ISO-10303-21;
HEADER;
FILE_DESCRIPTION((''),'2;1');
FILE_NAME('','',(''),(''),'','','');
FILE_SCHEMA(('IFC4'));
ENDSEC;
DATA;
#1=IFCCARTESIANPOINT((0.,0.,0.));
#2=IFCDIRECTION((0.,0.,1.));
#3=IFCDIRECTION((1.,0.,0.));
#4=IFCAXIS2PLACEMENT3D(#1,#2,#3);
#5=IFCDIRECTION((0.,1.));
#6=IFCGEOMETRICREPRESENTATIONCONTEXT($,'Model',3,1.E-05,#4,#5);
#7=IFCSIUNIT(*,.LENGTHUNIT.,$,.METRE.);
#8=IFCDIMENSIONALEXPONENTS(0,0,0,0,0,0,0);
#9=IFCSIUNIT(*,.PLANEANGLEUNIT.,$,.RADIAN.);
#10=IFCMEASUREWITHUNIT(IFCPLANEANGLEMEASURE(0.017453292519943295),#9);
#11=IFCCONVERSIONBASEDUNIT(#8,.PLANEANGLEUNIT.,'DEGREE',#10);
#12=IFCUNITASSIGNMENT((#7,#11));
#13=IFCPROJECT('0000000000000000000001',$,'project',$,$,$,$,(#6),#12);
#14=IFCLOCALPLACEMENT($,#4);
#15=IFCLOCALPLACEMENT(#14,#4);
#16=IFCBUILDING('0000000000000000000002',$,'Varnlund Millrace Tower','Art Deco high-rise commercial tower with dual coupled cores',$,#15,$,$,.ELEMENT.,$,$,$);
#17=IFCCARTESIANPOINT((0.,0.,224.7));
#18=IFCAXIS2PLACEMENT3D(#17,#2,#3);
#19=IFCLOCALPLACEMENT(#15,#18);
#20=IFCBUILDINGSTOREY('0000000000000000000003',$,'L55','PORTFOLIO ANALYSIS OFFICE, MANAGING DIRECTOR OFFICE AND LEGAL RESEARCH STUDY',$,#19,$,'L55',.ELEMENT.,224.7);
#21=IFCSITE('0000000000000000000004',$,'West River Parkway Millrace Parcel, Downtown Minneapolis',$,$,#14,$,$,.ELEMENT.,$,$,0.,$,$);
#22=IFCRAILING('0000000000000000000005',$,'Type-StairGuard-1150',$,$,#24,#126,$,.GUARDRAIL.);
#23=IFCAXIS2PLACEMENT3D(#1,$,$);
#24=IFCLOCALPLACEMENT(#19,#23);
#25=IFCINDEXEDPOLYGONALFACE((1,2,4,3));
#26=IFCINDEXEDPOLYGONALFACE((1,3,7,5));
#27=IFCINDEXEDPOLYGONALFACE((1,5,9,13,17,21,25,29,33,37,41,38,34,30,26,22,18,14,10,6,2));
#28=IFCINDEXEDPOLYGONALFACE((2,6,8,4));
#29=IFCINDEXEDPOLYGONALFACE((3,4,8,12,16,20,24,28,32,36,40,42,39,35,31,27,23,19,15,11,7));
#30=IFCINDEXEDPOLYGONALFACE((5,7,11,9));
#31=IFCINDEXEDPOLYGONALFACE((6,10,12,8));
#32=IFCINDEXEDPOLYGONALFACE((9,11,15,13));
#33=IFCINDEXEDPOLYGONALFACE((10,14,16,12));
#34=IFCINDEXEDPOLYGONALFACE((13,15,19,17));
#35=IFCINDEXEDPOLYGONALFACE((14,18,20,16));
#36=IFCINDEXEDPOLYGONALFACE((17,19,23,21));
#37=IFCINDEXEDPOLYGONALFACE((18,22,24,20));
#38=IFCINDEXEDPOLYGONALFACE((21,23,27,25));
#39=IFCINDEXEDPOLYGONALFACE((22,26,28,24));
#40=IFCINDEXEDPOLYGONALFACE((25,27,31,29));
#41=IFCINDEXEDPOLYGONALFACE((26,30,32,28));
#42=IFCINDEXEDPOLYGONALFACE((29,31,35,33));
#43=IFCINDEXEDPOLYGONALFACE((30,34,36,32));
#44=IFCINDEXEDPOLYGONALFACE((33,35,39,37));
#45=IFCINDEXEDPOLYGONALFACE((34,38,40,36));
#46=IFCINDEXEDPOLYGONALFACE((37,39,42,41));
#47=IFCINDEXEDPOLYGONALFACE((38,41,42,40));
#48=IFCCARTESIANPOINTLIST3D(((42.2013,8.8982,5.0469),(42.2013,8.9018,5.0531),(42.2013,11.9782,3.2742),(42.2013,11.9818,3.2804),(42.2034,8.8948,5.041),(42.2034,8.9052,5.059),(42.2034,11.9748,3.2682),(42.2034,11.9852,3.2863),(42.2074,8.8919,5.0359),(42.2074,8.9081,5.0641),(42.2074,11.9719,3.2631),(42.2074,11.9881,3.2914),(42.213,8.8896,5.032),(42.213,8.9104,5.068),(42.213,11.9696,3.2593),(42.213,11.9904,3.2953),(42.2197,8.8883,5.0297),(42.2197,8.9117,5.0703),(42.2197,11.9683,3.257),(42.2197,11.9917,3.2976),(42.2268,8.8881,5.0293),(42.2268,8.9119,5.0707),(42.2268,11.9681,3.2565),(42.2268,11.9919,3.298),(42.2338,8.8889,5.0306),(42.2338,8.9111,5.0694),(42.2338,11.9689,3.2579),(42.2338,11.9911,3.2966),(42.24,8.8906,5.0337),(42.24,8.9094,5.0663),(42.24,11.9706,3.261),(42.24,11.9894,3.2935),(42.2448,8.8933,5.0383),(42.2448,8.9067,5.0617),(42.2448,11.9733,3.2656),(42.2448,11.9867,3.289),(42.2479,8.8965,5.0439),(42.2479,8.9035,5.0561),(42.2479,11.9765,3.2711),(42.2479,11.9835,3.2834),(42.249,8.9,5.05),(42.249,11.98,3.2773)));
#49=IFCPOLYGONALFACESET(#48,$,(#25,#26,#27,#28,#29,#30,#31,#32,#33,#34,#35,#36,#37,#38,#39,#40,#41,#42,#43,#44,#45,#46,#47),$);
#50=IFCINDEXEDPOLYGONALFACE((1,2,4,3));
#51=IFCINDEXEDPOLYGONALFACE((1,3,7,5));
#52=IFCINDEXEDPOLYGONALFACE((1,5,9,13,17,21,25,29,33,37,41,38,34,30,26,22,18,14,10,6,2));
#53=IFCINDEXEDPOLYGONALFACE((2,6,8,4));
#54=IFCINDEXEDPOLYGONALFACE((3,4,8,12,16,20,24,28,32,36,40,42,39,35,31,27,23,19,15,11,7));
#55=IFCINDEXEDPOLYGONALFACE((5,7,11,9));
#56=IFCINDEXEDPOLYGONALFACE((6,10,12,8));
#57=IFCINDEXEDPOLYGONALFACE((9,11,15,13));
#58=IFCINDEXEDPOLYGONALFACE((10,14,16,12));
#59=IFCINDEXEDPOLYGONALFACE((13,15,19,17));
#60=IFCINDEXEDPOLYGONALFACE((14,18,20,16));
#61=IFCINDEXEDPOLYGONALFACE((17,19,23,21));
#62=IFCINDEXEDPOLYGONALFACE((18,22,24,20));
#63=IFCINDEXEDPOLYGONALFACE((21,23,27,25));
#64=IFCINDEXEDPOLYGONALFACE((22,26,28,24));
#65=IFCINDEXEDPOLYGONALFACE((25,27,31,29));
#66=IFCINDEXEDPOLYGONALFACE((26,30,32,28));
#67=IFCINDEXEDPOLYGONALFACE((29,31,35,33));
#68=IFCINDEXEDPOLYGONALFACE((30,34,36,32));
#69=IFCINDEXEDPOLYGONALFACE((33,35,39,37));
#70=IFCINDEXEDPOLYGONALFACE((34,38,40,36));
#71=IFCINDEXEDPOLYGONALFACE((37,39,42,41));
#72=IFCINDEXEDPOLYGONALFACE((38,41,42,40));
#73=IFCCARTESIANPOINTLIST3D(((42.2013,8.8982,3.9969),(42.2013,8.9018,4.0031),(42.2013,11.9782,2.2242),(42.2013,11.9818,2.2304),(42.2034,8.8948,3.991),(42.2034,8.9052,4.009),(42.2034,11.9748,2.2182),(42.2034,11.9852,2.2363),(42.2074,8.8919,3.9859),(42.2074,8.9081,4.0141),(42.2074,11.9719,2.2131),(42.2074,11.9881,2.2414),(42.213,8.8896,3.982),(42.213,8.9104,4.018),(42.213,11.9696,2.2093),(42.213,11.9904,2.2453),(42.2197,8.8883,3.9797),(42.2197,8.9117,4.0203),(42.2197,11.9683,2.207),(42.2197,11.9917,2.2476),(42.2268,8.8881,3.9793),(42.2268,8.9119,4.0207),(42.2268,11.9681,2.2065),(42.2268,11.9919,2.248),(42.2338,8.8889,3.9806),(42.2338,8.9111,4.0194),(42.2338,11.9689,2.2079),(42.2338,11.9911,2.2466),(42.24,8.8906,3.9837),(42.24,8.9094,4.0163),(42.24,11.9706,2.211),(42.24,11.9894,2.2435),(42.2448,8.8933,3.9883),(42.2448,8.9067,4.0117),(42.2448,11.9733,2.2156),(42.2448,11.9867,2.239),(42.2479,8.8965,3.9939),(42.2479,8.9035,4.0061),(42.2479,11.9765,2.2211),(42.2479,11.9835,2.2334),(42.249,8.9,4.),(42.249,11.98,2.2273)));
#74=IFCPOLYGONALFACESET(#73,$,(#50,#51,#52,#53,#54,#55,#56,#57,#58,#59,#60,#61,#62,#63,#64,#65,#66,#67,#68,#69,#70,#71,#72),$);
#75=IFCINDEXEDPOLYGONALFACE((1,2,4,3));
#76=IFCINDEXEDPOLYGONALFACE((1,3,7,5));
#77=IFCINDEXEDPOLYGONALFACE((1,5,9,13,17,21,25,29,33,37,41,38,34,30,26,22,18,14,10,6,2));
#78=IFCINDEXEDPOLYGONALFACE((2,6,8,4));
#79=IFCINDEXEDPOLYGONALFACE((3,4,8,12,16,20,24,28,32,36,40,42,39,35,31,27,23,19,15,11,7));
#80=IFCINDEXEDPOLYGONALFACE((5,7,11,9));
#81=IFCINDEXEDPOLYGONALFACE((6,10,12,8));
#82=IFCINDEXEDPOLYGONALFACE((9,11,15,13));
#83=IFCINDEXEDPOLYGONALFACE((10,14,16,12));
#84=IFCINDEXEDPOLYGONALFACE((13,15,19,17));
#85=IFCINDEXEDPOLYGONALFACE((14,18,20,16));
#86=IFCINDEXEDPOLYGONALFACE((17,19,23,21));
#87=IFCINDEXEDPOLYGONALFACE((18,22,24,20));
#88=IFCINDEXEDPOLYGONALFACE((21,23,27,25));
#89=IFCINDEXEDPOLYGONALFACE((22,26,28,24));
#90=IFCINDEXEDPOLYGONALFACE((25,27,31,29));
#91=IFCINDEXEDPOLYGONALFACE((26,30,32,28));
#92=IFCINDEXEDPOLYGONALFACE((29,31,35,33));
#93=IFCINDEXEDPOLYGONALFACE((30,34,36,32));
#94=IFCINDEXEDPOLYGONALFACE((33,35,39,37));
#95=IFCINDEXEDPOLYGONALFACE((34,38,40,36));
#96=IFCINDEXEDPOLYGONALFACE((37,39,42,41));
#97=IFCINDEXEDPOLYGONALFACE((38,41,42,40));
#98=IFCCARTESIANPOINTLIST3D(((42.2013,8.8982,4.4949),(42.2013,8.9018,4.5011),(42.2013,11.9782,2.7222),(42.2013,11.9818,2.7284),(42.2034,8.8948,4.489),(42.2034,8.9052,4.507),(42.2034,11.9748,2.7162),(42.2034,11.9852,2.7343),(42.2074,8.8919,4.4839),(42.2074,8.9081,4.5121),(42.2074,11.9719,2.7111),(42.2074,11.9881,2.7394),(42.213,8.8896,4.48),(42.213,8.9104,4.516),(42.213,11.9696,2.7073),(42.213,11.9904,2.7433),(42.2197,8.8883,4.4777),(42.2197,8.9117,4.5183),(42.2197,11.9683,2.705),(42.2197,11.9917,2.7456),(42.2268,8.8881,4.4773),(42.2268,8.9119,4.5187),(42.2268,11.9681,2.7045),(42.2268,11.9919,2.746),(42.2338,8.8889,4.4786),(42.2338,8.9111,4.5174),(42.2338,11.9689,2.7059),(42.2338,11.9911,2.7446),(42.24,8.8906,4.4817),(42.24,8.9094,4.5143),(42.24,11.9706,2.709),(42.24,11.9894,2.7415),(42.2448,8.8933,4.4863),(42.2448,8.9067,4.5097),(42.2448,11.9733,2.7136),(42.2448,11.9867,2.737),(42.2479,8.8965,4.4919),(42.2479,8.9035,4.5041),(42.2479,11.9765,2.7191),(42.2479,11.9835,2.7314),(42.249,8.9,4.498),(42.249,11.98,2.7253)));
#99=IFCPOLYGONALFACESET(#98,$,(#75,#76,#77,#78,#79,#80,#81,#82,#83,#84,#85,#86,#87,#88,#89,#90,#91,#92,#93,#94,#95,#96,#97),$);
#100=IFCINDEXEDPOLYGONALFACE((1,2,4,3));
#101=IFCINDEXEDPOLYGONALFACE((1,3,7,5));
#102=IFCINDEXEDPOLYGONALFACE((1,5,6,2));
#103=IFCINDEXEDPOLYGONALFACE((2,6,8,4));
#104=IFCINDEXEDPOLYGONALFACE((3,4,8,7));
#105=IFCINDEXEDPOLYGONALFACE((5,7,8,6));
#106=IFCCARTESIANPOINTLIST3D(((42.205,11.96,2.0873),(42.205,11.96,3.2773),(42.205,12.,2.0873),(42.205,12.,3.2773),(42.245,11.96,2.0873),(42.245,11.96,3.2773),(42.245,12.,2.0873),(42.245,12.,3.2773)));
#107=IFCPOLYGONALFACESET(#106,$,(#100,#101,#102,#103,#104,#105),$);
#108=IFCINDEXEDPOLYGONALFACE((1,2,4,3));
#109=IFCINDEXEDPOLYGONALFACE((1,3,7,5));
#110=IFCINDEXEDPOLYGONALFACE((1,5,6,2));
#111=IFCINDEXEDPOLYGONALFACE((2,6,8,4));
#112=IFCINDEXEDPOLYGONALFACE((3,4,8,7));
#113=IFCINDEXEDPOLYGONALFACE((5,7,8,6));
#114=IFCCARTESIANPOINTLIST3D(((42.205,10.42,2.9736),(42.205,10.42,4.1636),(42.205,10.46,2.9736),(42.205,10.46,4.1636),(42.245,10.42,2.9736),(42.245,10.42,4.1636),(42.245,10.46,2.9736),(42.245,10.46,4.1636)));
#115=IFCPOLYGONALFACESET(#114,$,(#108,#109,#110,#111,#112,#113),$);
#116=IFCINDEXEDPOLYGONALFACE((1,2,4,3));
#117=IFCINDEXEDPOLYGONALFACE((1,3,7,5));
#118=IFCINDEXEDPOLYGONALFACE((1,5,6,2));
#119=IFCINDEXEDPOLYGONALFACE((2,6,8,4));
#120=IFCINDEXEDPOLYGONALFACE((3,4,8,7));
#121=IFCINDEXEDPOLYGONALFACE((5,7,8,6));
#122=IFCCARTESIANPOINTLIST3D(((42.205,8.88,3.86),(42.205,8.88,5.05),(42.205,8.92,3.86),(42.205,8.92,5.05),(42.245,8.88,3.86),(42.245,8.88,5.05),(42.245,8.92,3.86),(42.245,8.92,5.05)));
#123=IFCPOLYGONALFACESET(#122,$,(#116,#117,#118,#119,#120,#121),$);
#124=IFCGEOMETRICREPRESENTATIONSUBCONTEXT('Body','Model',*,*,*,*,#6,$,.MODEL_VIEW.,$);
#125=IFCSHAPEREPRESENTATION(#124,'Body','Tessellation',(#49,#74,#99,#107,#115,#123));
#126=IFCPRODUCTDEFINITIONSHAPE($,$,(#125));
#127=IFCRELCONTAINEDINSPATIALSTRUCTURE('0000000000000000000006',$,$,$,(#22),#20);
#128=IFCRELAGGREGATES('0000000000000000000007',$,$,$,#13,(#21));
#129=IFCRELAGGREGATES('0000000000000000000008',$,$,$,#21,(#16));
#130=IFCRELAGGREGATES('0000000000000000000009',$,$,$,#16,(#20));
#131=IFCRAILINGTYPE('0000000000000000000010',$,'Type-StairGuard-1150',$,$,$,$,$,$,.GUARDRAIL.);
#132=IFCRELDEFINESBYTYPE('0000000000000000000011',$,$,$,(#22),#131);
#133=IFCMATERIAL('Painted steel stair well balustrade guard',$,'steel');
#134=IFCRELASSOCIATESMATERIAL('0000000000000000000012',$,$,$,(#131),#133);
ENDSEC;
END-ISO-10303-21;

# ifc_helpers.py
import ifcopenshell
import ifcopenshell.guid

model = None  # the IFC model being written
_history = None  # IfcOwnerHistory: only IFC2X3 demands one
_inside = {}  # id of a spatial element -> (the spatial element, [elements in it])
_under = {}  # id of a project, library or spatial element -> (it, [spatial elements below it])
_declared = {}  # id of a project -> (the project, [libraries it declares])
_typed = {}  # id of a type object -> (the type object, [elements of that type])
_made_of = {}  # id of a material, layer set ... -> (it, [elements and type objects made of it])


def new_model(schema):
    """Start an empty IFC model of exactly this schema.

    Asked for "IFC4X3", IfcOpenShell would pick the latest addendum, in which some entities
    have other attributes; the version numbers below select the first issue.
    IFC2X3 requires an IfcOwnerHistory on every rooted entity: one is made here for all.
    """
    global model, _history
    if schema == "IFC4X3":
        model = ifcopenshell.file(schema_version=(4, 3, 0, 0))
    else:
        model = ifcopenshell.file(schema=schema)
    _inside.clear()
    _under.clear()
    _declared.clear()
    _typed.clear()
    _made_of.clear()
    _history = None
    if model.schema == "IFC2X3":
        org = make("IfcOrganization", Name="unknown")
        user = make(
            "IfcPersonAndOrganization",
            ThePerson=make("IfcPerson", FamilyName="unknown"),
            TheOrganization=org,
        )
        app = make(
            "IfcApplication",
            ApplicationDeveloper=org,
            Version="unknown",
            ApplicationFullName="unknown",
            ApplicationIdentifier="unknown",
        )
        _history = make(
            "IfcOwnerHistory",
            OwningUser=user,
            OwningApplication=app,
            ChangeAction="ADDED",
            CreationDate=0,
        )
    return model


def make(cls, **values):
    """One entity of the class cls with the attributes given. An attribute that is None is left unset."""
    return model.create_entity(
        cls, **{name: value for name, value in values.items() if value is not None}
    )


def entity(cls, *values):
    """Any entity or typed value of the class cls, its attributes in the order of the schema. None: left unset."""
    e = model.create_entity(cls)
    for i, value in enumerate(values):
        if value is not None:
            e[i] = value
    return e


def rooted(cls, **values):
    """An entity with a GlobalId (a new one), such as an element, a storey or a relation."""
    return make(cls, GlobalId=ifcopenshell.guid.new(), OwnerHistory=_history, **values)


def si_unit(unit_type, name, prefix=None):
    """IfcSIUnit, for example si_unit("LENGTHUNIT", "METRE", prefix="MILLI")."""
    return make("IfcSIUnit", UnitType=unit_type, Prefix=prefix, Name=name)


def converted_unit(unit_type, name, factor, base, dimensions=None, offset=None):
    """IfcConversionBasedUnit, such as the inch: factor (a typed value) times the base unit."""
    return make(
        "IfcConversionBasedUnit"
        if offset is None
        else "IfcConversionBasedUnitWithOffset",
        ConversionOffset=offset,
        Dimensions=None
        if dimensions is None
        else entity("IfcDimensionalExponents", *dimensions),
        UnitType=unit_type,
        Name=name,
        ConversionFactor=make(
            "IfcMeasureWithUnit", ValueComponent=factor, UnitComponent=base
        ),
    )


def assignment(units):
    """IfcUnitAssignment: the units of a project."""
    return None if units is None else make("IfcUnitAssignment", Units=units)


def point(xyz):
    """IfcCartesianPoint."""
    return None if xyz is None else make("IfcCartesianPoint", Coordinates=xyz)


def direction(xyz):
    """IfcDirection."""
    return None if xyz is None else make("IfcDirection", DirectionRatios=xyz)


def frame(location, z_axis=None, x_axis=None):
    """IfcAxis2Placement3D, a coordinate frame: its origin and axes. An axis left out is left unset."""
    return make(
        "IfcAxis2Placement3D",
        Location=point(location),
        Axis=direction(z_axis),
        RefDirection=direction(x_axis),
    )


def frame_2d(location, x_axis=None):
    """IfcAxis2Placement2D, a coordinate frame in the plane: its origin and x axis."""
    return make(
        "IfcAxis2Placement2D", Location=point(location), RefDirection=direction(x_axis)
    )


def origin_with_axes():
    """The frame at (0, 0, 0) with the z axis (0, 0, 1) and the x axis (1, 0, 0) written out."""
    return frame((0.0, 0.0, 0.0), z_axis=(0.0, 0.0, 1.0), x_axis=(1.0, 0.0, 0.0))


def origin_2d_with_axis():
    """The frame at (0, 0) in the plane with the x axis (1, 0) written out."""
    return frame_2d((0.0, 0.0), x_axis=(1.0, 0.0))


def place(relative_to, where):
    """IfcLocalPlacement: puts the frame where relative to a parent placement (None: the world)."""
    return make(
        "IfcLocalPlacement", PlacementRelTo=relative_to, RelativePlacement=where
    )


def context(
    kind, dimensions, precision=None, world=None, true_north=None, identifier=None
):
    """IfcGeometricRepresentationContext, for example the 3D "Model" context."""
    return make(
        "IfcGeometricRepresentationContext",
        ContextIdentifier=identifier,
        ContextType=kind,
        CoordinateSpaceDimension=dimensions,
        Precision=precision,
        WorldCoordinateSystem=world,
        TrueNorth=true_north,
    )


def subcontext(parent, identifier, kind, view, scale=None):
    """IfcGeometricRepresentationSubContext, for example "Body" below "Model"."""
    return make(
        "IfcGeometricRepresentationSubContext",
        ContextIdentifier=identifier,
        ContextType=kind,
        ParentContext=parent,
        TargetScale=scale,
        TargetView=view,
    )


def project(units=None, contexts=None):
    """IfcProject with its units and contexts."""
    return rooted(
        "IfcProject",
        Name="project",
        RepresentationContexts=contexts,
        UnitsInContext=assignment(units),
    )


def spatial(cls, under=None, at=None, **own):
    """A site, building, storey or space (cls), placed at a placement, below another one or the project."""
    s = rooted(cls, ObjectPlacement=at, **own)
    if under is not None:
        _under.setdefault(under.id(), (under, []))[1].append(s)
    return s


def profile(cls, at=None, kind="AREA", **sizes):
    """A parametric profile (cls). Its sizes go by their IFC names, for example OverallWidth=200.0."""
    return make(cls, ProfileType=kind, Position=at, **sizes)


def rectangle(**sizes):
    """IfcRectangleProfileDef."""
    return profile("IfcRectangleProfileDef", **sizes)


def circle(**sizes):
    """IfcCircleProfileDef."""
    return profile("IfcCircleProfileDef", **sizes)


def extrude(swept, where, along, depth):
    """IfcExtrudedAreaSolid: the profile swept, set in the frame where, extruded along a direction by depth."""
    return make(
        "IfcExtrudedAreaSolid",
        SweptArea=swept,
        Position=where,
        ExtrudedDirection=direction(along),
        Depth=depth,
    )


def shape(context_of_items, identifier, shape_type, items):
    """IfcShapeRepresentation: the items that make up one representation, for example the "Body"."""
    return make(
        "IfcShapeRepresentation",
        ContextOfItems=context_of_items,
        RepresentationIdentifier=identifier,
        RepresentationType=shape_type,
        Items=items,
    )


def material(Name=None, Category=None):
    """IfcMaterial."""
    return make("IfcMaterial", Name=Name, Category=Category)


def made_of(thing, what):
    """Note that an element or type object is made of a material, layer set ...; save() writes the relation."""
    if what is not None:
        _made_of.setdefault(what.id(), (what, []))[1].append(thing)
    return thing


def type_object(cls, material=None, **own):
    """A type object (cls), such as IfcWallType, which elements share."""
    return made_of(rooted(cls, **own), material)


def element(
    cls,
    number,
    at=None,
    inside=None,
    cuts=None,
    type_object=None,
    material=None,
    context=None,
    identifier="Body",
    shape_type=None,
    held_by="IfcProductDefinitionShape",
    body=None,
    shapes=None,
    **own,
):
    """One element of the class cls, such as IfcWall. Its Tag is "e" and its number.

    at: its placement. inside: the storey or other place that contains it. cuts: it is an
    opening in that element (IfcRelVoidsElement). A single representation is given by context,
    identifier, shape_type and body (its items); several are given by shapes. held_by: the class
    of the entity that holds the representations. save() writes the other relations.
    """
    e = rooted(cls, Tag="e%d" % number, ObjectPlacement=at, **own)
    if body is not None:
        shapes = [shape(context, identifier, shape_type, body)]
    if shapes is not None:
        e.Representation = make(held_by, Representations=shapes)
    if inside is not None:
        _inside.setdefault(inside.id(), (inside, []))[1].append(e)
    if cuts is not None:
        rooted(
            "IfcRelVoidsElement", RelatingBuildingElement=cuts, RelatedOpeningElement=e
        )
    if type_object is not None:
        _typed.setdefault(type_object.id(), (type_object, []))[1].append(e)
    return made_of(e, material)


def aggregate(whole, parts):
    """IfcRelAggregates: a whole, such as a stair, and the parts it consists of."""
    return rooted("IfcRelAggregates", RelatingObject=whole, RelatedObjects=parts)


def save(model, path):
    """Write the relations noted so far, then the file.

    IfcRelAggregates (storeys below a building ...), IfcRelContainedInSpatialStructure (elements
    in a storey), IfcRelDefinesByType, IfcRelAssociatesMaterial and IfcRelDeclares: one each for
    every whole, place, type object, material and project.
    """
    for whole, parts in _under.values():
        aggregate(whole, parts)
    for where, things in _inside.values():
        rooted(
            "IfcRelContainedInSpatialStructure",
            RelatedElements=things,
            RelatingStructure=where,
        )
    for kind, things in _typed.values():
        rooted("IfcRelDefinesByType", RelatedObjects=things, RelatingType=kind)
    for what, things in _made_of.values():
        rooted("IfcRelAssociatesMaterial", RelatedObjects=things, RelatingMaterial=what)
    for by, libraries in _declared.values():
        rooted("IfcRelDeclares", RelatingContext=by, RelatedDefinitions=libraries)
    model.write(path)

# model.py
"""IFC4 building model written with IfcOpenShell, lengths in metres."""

from ifc_helpers import new_model, entity, si_unit, converted_unit, direction, frame, origin_with_axes, origin_2d_with_axis, place, context, subcontext, project, spatial, rectangle, circle, extrude, material, type_object, element, save


model = new_model("IFC4")

# Units and contexts
model_context = context("Model", 3, precision=1e-05, world=origin_with_axes(), true_north=direction((0.0, 1.0)))
body_context = subcontext(model_context, "Body", "Model", "MODEL_VIEW")
ifc_project = project(units=[si_unit("LENGTHUNIT", "METRE"), converted_unit("PLANEANGLEUNIT", "DEGREE", entity("IfcPlaneAngleMeasure", 0.017453292519943295), si_unit("PLANEANGLEUNIT", "RADIAN"), dimensions=[0, 0, 0, 0, 0, 0, 0])], contexts=[model_context])

# Site, building, storey
site_placement = place(None, origin_with_axes())
site = spatial("IfcSite", under=ifc_project, at=site_placement, Name="West River Parkway Millrace Parcel, Downtown Minneapolis", CompositionType="ELEMENT", RefElevation=0.0)
building_placement = place(site_placement, origin_with_axes())
building = spatial("IfcBuilding", under=site, at=building_placement, Name="Varnlund Millrace Tower", Description="Art Deco high-rise commercial tower with dual coupled cores", CompositionType="ELEMENT")
storey_placement = place(building_placement, frame((0.0, 0.0, 224.7), z_axis=(0.0, 0.0, 1.0), x_axis=(1.0, 0.0, 0.0)))
storey = spatial("IfcBuildingStorey", under=building, at=storey_placement, Name="L55", Description="PORTFOLIO ANALYSIS OFFICE, MANAGING DIRECTOR OFFICE AND LEGAL RESEARCH STUDY", LongName="L55", CompositionType="ELEMENT", Elevation=224.7)

# Railing
ifc_material_1 = material(Name="Painted steel stair well balustrade guard", Category="steel")
railing_type_1 = type_object("IfcRailingType", Name="Type-StairGuard-1150", PredefinedType="GUARDRAIL", material=ifc_material_1)
railing_1_placement = place(storey_placement, frame((0.0, 0.0, -224.7), z_axis=(0.0, 0.0, 1.0), x_axis=(1.0, 0.0, 0.0)))
element("IfcRailing", 1, at=railing_1_placement, inside=storey, type_object=railing_type_1, Name="Type-StairGuard-1150", PredefinedType="GUARDRAIL", context=body_context, shape_type="SweptSolid", body=[
    extrude(circle(Radius=0.024, at=origin_2d_with_axis()), frame((42.225, 11.98, 227.9773), z_axis=(0.0, -0.866696, 0.498836), x_axis=(1.0, 0.0, 0.0)), (0.0, 0.0, 1.0), 3.5537),
    extrude(circle(Radius=0.024, at=origin_2d_with_axis()), frame((42.225, 11.98, 226.9273), z_axis=(0.0, -0.866696, 0.498836), x_axis=(1.0, 0.0, 0.0)), (0.0, 0.0, 1.0), 3.5537),
    extrude(circle(Radius=0.024, at=origin_2d_with_axis()), frame((42.225, 11.98, 227.4253), z_axis=(0.0, -0.866696, 0.498836), x_axis=(1.0, 0.0, 0.0)), (0.0, 0.0, 1.0), 3.5537),
    extrude(rectangle(XDim=0.04, YDim=0.04, at=origin_2d_with_axis()), frame((42.225, 11.98, 226.7873), z_axis=(0.0, 0.0, 1.0), x_axis=(1.0, 0.0, 0.0)), (0.0, 0.0, 1.0), 1.19),
    extrude(rectangle(XDim=0.04, YDim=0.04, at=origin_2d_with_axis()), frame((42.225, 10.44, 227.6736), z_axis=(0.0, 0.0, 1.0), x_axis=(1.0, 0.0, 0.0)), (0.0, 0.0, 1.0), 1.19),
    extrude(rectangle(XDim=0.04, YDim=0.04, at=origin_2d_with_axis()), frame((42.225, 8.9, 228.56), z_axis=(0.0, 0.0, 1.0), x_axis=(1.0, 0.0, 0.0)), (0.0, 0.0, 1.0), 1.19),
])

save(model, "model.ifc")
